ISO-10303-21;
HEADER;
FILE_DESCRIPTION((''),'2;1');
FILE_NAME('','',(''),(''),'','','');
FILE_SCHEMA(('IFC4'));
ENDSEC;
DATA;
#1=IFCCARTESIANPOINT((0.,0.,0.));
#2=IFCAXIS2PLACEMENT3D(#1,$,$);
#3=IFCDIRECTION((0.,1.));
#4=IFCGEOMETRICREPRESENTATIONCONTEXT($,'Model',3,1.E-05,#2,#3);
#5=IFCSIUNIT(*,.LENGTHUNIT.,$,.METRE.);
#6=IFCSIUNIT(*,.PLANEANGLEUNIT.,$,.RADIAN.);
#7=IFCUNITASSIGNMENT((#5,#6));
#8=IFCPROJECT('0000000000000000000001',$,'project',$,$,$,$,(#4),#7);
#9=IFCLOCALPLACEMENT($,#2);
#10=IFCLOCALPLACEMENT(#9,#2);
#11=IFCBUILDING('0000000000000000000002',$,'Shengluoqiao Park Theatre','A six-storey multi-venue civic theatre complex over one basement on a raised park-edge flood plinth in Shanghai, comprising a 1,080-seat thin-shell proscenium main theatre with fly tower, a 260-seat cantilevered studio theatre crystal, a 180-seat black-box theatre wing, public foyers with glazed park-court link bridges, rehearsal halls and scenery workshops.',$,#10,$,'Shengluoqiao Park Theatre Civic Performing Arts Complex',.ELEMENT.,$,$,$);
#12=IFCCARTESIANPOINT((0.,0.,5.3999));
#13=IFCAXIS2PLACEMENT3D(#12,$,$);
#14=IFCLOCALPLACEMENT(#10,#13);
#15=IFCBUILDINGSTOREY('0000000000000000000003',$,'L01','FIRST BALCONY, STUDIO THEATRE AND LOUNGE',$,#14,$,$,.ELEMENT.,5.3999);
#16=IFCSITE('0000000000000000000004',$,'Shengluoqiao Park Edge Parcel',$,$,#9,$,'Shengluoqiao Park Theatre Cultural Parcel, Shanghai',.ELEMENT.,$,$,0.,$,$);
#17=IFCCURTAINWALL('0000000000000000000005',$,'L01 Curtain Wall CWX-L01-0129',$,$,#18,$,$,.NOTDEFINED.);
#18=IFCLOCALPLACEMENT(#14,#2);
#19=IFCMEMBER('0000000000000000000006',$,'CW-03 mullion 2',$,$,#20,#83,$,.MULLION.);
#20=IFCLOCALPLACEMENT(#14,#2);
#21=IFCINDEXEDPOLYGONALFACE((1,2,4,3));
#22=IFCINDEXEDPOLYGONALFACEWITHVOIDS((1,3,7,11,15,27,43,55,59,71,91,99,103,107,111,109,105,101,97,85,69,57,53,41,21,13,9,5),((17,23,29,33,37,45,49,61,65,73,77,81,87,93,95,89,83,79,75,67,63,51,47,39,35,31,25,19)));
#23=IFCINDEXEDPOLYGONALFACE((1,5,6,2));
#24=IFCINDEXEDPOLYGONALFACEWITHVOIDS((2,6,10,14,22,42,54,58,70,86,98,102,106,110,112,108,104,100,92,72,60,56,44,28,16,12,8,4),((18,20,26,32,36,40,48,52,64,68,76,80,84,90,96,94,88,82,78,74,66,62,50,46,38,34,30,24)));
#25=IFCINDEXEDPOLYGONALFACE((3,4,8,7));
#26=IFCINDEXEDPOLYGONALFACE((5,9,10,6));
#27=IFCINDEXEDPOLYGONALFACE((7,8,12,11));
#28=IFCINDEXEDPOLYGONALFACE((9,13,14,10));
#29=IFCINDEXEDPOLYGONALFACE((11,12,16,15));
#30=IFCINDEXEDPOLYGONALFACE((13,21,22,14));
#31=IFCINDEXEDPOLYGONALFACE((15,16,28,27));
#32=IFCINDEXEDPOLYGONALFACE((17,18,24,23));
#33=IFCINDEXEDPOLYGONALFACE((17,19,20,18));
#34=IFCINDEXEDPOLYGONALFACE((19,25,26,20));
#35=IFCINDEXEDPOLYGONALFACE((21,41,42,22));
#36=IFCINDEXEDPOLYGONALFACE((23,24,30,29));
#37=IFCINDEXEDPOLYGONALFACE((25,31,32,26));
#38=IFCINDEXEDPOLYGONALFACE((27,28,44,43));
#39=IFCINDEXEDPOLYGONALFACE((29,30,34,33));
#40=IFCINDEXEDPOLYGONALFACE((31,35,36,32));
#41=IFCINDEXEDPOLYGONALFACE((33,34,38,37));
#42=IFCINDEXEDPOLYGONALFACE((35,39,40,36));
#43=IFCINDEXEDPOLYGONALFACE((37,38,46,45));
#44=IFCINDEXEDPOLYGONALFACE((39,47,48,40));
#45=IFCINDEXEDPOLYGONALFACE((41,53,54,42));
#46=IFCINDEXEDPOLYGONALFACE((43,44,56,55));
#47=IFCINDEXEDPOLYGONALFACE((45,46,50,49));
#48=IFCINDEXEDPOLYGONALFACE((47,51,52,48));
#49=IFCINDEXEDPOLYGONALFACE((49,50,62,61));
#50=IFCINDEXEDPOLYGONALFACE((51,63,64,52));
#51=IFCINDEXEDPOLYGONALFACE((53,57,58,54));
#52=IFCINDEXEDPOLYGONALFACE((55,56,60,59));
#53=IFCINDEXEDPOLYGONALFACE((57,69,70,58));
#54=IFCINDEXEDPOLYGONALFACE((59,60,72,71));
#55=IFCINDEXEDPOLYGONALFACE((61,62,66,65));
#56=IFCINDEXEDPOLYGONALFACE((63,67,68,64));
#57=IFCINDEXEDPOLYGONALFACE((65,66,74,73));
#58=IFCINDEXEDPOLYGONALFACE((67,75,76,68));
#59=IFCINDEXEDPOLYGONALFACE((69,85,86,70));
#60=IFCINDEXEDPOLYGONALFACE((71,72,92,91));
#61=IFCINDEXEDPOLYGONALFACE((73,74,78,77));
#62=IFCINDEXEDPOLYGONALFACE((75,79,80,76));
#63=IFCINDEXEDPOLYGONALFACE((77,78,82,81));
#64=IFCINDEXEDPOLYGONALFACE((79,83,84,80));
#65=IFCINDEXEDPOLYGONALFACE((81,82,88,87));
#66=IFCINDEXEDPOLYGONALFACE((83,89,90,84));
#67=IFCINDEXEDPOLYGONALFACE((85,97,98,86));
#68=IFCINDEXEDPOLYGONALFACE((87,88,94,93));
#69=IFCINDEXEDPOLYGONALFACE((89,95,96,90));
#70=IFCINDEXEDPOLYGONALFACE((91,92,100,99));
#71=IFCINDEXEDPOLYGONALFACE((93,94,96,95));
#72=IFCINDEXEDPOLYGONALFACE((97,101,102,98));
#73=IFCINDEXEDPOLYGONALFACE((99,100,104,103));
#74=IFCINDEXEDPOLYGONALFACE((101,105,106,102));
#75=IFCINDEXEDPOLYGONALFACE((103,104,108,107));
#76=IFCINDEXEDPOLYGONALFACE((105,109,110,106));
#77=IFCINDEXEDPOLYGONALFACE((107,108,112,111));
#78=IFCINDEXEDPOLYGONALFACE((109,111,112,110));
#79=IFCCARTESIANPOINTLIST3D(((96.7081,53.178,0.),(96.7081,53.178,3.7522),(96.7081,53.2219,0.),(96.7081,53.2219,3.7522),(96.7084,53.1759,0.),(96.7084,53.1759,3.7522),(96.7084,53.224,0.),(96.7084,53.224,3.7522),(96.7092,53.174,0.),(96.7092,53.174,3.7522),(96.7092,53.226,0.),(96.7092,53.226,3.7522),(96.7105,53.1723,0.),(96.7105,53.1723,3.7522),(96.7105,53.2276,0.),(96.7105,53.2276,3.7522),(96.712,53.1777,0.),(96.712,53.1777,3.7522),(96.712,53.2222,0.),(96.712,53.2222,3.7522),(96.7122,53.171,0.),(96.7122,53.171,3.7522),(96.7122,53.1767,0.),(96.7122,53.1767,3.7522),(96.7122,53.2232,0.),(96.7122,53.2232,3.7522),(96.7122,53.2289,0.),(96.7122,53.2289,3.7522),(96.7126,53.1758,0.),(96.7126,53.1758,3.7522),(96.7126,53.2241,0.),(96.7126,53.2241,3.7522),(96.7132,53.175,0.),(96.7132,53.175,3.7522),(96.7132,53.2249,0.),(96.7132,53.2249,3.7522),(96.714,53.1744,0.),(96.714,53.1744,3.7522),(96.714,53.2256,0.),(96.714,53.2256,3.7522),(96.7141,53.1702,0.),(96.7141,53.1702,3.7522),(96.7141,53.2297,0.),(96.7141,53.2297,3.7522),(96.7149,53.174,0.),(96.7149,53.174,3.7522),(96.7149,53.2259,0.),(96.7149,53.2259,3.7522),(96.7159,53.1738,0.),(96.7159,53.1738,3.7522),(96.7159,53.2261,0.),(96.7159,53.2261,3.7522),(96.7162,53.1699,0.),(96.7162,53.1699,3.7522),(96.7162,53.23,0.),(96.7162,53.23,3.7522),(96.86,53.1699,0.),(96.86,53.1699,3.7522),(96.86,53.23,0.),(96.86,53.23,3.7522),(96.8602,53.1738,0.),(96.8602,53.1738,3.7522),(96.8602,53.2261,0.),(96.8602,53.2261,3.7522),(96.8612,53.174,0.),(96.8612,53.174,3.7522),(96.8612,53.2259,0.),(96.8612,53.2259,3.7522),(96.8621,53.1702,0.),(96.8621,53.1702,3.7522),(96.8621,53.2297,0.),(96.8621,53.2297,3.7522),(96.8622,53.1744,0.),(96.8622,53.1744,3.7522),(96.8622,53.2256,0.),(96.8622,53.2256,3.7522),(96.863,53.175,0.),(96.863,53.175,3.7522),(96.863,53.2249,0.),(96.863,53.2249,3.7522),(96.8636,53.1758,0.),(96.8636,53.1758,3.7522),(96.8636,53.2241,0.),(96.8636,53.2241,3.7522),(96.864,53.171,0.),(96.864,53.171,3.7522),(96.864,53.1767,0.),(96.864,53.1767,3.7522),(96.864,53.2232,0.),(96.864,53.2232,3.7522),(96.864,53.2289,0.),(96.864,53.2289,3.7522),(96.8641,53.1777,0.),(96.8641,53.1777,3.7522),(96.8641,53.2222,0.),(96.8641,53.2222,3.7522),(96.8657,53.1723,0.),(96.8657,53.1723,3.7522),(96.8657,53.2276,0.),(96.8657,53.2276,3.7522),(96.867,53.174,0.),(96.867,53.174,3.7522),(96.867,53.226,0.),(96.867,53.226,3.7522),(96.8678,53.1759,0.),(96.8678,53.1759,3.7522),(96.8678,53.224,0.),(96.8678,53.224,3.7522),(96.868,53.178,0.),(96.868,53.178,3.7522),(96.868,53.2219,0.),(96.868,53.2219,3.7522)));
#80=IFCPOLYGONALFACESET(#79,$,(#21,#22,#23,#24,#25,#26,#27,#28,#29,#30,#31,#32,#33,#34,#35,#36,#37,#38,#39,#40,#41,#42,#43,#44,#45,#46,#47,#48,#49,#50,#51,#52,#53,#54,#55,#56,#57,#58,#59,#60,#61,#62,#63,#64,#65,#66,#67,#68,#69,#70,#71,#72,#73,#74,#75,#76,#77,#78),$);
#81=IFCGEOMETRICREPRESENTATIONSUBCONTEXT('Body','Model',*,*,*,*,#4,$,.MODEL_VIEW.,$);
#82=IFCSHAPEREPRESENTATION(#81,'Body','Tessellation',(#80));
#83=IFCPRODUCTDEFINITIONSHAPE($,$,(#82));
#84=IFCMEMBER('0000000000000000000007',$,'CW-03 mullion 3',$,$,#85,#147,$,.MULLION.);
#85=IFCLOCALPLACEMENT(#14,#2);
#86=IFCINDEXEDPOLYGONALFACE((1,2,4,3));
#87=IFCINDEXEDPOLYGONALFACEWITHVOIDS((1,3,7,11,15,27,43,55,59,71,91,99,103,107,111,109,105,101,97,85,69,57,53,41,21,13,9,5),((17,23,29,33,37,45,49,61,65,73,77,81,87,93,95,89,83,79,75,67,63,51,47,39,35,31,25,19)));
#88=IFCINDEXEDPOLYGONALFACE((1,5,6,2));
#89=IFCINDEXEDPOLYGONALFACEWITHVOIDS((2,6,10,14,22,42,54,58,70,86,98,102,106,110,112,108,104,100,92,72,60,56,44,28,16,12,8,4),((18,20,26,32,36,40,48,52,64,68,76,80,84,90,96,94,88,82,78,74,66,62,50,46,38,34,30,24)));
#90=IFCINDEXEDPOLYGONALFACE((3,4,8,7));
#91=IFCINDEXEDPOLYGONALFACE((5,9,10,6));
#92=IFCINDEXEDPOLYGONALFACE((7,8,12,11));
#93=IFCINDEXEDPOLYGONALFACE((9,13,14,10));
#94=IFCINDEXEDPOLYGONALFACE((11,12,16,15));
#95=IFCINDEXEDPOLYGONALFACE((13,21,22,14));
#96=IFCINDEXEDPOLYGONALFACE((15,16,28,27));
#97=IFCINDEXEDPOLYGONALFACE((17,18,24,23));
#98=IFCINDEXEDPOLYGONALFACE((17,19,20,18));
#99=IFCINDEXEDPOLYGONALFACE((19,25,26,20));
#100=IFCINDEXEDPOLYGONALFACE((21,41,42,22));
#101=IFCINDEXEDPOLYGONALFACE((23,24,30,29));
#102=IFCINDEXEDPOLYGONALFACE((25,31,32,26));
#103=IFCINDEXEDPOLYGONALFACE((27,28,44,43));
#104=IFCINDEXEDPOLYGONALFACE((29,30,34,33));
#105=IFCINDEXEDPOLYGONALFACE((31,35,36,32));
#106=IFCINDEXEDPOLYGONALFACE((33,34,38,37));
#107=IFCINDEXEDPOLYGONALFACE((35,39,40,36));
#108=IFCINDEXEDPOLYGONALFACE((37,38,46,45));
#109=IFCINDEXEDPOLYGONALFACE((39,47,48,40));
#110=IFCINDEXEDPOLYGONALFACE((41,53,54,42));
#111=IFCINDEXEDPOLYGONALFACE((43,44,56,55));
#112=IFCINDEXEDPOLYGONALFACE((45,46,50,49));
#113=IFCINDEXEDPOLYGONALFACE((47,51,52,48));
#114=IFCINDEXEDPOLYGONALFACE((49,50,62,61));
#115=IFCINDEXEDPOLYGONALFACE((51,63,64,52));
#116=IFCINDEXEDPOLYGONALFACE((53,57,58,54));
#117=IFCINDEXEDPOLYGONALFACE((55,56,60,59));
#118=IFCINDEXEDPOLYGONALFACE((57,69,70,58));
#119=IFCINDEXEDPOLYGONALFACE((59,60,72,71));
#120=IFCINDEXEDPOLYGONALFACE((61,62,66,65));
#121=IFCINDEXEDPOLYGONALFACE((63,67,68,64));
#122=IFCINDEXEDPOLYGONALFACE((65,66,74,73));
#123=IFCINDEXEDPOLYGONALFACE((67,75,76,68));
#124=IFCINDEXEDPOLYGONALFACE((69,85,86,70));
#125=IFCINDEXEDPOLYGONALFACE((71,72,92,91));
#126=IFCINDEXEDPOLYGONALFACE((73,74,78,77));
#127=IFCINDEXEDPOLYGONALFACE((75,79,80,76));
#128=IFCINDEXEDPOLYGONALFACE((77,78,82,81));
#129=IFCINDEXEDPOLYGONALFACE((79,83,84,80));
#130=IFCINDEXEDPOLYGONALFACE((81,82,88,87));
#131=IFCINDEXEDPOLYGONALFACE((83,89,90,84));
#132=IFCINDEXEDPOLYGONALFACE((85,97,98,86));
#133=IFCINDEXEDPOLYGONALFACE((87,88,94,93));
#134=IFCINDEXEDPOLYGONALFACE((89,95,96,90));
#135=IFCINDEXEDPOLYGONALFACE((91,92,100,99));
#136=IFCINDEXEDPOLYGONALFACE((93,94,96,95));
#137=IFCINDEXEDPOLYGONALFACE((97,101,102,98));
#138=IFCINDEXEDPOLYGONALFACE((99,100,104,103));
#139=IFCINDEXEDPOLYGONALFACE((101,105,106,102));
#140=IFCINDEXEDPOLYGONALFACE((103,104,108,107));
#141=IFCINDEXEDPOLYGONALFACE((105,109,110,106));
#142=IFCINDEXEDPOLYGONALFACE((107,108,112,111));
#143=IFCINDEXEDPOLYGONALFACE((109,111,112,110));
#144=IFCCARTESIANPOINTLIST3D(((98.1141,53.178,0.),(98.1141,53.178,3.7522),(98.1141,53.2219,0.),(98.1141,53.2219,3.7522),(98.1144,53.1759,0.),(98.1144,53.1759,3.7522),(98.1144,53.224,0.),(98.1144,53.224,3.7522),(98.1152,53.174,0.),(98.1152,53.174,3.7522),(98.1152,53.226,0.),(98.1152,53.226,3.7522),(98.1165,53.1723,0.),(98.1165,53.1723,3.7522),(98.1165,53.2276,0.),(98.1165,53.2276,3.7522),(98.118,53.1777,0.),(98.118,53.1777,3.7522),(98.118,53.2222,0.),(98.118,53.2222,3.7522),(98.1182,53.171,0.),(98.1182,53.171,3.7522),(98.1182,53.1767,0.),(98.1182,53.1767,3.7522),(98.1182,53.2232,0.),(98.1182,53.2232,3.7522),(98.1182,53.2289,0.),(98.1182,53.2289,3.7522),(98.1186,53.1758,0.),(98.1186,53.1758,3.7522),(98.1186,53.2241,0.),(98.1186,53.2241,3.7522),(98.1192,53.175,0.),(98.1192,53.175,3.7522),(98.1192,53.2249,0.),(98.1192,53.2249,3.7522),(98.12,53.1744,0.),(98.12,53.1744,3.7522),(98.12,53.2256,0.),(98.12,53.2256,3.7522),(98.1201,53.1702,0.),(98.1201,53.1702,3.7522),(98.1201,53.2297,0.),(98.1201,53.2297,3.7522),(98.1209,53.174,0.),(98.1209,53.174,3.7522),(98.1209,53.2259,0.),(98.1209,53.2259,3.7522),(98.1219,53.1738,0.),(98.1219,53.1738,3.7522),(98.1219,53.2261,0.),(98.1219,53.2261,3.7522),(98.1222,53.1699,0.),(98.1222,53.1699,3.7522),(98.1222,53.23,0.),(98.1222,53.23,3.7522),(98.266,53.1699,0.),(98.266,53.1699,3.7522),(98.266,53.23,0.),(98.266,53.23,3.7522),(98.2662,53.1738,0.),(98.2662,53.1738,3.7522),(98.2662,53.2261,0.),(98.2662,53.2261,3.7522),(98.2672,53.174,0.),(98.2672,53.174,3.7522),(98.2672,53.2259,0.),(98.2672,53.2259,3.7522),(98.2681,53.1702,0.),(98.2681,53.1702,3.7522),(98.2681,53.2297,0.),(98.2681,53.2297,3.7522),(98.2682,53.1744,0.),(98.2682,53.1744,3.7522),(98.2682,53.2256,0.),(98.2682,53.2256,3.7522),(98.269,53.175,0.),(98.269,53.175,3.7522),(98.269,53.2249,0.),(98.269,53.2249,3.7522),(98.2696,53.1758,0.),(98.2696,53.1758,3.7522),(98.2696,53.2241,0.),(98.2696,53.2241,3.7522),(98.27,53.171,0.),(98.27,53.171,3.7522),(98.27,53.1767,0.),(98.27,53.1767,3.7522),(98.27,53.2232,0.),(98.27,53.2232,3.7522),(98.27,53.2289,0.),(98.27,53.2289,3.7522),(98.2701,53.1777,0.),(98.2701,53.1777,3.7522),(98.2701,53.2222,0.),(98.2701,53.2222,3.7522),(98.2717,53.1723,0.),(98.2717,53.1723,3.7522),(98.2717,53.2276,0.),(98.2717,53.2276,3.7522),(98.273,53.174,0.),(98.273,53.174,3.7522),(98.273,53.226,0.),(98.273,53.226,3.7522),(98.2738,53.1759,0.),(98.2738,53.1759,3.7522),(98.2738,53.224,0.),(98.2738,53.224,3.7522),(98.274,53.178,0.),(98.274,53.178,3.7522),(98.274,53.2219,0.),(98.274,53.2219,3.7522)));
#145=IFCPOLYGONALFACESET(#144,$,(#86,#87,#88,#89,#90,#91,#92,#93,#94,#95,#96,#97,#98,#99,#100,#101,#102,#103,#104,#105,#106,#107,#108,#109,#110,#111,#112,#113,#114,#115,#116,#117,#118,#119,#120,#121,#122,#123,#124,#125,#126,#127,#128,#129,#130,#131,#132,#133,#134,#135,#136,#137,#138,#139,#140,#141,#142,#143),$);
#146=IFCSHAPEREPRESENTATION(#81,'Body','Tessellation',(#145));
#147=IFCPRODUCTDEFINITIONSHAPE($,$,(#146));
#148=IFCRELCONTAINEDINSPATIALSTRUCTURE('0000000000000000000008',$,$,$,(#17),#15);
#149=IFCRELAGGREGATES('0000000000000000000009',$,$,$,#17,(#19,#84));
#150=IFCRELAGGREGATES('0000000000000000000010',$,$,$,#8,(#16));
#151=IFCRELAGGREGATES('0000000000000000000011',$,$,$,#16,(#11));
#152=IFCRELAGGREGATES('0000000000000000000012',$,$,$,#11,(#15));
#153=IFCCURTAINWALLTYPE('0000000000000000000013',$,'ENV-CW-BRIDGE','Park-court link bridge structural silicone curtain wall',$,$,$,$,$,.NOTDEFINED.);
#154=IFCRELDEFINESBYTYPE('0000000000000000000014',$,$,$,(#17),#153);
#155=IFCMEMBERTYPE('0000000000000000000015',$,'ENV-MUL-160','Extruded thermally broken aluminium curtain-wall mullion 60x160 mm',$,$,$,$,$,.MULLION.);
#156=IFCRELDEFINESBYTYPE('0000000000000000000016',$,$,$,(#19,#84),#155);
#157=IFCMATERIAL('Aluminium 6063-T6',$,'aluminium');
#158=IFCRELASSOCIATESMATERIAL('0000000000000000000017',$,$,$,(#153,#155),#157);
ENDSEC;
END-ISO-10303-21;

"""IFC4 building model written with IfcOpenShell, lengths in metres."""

from ifc_helpers import new_model, si_unit, direction, frame, origin, origin_2d, place, context, subcontext, project, spatial, hollow_rectangle, extrude, material, material_profile, profile_set, type_object, element, aggregate, save


model = new_model("IFC4")

# Units and contexts
model_context = context("Model", 3, precision=1e-05, world=origin(), true_north=direction((0.0, 1.0)))
body_context = subcontext(model_context, "Body", "Model", "MODEL_VIEW")
ifc_project = project(units=[si_unit("LENGTHUNIT", "METRE"), si_unit("PLANEANGLEUNIT", "RADIAN")], contexts=[model_context])

# Site, building, storey
site_placement = place(None, origin())
site = spatial("IfcSite", under=ifc_project, at=site_placement, Name="Shengluoqiao Park Edge Parcel", LongName="Shengluoqiao Park Theatre Cultural Parcel, Shanghai", CompositionType="ELEMENT", RefElevation=0.0)
building_placement = place(site_placement, origin())
building = spatial("IfcBuilding", under=site, at=building_placement, Name="Shengluoqiao Park Theatre", Description="A six-storey multi-venue civic theatre complex over one basement on a raised park-edge flood plinth in Shanghai, comprising a 1,080-seat thin-shell proscenium main theatre with fly tower, a 260-seat cantilevered studio theatre crystal, a 180-seat black-box theatre wing, public foyers with glazed park-court link bridges, rehearsal halls and scenery workshops.", LongName="Shengluoqiao Park Theatre Civic Performing Arts Complex", CompositionType="ELEMENT")
storey_placement = place(building_placement, frame((0.0, 0.0, 5.3999)))
storey = spatial("IfcBuildingStorey", under=building, at=storey_placement, Name="L01", Description="FIRST BALCONY, STUDIO THEATRE AND LOUNGE", CompositionType="ELEMENT", Elevation=5.3999)

# Curtain wall, members
ifc_material_1 = material(Name="Aluminium 6063-T6", Category="aluminium")
curtain_wall_type = type_object("IfcCurtainWallType", Name="ENV-CW-BRIDGE", Description="Park-court link bridge structural silicone curtain wall", PredefinedType="NOTDEFINED", material=ifc_material_1)
curtain_wall_placement = place(storey_placement, origin())
curtain_wall = element("IfcCurtainWall", 1, at=curtain_wall_placement, inside=storey, type_object=curtain_wall_type, Name="L01 Curtain Wall CWX-L01-0129", PredefinedType="NOTDEFINED")
ifc_material_profile_1 = material_profile(ifc_material_1, hollow_rectangle(XDim=0.0601, YDim=0.1599, WallThickness=0.0039, InnerFilletRadius=0.0039, OuterFilletRadius=0.0081, at=origin_2d()), Name="ALU MULLION 160x60x4")
ifc_profile_set_1 = profile_set([ifc_material_profile_1], Name="Aluminium 6063-T6")
member_type_1 = type_object("IfcMemberType", Name="ENV-MUL-160", Description="Extruded thermally broken aluminium curtain-wall mullion 60x160 mm", PredefinedType="MULLION", material=ifc_profile_set_1)
member_1_placement = place(storey_placement, frame((96.7881, 53.2, 0.0), z_axis=(0.0, 0.0, 1.0), x_axis=(0.0, 1.0, 0.0)))
member_1 = element("IfcMember", 2, at=member_1_placement, type_object=member_type_1, Name="CW-03 mullion 2", PredefinedType="MULLION", context=body_context, shape_type="SweptSolid", body=[
    extrude(hollow_rectangle(XDim=0.0601, YDim=0.1599, WallThickness=0.0039, InnerFilletRadius=0.0039, OuterFilletRadius=0.0081, at=origin_2d()), origin(), (0.0, 0.0, 1.0), 3.7522),
])
member_2_placement = place(storey_placement, frame((98.1941, 53.2, 0.0), z_axis=(0.0, 0.0, 1.0), x_axis=(0.0, 1.0, 0.0)))
member_2 = element("IfcMember", 3, at=member_2_placement, type_object=member_type_1, Name="CW-03 mullion 3", PredefinedType="MULLION", context=body_context, shape_type="SweptSolid", body=[
    extrude(hollow_rectangle(XDim=0.0601, YDim=0.1599, WallThickness=0.0039, InnerFilletRadius=0.0039, OuterFilletRadius=0.0081, at=origin_2d()), origin(), (0.0, 0.0, 1.0), 3.7522),
])

aggregate(curtain_wall, [member_1, member_2])

save(model, "model.ifc")
